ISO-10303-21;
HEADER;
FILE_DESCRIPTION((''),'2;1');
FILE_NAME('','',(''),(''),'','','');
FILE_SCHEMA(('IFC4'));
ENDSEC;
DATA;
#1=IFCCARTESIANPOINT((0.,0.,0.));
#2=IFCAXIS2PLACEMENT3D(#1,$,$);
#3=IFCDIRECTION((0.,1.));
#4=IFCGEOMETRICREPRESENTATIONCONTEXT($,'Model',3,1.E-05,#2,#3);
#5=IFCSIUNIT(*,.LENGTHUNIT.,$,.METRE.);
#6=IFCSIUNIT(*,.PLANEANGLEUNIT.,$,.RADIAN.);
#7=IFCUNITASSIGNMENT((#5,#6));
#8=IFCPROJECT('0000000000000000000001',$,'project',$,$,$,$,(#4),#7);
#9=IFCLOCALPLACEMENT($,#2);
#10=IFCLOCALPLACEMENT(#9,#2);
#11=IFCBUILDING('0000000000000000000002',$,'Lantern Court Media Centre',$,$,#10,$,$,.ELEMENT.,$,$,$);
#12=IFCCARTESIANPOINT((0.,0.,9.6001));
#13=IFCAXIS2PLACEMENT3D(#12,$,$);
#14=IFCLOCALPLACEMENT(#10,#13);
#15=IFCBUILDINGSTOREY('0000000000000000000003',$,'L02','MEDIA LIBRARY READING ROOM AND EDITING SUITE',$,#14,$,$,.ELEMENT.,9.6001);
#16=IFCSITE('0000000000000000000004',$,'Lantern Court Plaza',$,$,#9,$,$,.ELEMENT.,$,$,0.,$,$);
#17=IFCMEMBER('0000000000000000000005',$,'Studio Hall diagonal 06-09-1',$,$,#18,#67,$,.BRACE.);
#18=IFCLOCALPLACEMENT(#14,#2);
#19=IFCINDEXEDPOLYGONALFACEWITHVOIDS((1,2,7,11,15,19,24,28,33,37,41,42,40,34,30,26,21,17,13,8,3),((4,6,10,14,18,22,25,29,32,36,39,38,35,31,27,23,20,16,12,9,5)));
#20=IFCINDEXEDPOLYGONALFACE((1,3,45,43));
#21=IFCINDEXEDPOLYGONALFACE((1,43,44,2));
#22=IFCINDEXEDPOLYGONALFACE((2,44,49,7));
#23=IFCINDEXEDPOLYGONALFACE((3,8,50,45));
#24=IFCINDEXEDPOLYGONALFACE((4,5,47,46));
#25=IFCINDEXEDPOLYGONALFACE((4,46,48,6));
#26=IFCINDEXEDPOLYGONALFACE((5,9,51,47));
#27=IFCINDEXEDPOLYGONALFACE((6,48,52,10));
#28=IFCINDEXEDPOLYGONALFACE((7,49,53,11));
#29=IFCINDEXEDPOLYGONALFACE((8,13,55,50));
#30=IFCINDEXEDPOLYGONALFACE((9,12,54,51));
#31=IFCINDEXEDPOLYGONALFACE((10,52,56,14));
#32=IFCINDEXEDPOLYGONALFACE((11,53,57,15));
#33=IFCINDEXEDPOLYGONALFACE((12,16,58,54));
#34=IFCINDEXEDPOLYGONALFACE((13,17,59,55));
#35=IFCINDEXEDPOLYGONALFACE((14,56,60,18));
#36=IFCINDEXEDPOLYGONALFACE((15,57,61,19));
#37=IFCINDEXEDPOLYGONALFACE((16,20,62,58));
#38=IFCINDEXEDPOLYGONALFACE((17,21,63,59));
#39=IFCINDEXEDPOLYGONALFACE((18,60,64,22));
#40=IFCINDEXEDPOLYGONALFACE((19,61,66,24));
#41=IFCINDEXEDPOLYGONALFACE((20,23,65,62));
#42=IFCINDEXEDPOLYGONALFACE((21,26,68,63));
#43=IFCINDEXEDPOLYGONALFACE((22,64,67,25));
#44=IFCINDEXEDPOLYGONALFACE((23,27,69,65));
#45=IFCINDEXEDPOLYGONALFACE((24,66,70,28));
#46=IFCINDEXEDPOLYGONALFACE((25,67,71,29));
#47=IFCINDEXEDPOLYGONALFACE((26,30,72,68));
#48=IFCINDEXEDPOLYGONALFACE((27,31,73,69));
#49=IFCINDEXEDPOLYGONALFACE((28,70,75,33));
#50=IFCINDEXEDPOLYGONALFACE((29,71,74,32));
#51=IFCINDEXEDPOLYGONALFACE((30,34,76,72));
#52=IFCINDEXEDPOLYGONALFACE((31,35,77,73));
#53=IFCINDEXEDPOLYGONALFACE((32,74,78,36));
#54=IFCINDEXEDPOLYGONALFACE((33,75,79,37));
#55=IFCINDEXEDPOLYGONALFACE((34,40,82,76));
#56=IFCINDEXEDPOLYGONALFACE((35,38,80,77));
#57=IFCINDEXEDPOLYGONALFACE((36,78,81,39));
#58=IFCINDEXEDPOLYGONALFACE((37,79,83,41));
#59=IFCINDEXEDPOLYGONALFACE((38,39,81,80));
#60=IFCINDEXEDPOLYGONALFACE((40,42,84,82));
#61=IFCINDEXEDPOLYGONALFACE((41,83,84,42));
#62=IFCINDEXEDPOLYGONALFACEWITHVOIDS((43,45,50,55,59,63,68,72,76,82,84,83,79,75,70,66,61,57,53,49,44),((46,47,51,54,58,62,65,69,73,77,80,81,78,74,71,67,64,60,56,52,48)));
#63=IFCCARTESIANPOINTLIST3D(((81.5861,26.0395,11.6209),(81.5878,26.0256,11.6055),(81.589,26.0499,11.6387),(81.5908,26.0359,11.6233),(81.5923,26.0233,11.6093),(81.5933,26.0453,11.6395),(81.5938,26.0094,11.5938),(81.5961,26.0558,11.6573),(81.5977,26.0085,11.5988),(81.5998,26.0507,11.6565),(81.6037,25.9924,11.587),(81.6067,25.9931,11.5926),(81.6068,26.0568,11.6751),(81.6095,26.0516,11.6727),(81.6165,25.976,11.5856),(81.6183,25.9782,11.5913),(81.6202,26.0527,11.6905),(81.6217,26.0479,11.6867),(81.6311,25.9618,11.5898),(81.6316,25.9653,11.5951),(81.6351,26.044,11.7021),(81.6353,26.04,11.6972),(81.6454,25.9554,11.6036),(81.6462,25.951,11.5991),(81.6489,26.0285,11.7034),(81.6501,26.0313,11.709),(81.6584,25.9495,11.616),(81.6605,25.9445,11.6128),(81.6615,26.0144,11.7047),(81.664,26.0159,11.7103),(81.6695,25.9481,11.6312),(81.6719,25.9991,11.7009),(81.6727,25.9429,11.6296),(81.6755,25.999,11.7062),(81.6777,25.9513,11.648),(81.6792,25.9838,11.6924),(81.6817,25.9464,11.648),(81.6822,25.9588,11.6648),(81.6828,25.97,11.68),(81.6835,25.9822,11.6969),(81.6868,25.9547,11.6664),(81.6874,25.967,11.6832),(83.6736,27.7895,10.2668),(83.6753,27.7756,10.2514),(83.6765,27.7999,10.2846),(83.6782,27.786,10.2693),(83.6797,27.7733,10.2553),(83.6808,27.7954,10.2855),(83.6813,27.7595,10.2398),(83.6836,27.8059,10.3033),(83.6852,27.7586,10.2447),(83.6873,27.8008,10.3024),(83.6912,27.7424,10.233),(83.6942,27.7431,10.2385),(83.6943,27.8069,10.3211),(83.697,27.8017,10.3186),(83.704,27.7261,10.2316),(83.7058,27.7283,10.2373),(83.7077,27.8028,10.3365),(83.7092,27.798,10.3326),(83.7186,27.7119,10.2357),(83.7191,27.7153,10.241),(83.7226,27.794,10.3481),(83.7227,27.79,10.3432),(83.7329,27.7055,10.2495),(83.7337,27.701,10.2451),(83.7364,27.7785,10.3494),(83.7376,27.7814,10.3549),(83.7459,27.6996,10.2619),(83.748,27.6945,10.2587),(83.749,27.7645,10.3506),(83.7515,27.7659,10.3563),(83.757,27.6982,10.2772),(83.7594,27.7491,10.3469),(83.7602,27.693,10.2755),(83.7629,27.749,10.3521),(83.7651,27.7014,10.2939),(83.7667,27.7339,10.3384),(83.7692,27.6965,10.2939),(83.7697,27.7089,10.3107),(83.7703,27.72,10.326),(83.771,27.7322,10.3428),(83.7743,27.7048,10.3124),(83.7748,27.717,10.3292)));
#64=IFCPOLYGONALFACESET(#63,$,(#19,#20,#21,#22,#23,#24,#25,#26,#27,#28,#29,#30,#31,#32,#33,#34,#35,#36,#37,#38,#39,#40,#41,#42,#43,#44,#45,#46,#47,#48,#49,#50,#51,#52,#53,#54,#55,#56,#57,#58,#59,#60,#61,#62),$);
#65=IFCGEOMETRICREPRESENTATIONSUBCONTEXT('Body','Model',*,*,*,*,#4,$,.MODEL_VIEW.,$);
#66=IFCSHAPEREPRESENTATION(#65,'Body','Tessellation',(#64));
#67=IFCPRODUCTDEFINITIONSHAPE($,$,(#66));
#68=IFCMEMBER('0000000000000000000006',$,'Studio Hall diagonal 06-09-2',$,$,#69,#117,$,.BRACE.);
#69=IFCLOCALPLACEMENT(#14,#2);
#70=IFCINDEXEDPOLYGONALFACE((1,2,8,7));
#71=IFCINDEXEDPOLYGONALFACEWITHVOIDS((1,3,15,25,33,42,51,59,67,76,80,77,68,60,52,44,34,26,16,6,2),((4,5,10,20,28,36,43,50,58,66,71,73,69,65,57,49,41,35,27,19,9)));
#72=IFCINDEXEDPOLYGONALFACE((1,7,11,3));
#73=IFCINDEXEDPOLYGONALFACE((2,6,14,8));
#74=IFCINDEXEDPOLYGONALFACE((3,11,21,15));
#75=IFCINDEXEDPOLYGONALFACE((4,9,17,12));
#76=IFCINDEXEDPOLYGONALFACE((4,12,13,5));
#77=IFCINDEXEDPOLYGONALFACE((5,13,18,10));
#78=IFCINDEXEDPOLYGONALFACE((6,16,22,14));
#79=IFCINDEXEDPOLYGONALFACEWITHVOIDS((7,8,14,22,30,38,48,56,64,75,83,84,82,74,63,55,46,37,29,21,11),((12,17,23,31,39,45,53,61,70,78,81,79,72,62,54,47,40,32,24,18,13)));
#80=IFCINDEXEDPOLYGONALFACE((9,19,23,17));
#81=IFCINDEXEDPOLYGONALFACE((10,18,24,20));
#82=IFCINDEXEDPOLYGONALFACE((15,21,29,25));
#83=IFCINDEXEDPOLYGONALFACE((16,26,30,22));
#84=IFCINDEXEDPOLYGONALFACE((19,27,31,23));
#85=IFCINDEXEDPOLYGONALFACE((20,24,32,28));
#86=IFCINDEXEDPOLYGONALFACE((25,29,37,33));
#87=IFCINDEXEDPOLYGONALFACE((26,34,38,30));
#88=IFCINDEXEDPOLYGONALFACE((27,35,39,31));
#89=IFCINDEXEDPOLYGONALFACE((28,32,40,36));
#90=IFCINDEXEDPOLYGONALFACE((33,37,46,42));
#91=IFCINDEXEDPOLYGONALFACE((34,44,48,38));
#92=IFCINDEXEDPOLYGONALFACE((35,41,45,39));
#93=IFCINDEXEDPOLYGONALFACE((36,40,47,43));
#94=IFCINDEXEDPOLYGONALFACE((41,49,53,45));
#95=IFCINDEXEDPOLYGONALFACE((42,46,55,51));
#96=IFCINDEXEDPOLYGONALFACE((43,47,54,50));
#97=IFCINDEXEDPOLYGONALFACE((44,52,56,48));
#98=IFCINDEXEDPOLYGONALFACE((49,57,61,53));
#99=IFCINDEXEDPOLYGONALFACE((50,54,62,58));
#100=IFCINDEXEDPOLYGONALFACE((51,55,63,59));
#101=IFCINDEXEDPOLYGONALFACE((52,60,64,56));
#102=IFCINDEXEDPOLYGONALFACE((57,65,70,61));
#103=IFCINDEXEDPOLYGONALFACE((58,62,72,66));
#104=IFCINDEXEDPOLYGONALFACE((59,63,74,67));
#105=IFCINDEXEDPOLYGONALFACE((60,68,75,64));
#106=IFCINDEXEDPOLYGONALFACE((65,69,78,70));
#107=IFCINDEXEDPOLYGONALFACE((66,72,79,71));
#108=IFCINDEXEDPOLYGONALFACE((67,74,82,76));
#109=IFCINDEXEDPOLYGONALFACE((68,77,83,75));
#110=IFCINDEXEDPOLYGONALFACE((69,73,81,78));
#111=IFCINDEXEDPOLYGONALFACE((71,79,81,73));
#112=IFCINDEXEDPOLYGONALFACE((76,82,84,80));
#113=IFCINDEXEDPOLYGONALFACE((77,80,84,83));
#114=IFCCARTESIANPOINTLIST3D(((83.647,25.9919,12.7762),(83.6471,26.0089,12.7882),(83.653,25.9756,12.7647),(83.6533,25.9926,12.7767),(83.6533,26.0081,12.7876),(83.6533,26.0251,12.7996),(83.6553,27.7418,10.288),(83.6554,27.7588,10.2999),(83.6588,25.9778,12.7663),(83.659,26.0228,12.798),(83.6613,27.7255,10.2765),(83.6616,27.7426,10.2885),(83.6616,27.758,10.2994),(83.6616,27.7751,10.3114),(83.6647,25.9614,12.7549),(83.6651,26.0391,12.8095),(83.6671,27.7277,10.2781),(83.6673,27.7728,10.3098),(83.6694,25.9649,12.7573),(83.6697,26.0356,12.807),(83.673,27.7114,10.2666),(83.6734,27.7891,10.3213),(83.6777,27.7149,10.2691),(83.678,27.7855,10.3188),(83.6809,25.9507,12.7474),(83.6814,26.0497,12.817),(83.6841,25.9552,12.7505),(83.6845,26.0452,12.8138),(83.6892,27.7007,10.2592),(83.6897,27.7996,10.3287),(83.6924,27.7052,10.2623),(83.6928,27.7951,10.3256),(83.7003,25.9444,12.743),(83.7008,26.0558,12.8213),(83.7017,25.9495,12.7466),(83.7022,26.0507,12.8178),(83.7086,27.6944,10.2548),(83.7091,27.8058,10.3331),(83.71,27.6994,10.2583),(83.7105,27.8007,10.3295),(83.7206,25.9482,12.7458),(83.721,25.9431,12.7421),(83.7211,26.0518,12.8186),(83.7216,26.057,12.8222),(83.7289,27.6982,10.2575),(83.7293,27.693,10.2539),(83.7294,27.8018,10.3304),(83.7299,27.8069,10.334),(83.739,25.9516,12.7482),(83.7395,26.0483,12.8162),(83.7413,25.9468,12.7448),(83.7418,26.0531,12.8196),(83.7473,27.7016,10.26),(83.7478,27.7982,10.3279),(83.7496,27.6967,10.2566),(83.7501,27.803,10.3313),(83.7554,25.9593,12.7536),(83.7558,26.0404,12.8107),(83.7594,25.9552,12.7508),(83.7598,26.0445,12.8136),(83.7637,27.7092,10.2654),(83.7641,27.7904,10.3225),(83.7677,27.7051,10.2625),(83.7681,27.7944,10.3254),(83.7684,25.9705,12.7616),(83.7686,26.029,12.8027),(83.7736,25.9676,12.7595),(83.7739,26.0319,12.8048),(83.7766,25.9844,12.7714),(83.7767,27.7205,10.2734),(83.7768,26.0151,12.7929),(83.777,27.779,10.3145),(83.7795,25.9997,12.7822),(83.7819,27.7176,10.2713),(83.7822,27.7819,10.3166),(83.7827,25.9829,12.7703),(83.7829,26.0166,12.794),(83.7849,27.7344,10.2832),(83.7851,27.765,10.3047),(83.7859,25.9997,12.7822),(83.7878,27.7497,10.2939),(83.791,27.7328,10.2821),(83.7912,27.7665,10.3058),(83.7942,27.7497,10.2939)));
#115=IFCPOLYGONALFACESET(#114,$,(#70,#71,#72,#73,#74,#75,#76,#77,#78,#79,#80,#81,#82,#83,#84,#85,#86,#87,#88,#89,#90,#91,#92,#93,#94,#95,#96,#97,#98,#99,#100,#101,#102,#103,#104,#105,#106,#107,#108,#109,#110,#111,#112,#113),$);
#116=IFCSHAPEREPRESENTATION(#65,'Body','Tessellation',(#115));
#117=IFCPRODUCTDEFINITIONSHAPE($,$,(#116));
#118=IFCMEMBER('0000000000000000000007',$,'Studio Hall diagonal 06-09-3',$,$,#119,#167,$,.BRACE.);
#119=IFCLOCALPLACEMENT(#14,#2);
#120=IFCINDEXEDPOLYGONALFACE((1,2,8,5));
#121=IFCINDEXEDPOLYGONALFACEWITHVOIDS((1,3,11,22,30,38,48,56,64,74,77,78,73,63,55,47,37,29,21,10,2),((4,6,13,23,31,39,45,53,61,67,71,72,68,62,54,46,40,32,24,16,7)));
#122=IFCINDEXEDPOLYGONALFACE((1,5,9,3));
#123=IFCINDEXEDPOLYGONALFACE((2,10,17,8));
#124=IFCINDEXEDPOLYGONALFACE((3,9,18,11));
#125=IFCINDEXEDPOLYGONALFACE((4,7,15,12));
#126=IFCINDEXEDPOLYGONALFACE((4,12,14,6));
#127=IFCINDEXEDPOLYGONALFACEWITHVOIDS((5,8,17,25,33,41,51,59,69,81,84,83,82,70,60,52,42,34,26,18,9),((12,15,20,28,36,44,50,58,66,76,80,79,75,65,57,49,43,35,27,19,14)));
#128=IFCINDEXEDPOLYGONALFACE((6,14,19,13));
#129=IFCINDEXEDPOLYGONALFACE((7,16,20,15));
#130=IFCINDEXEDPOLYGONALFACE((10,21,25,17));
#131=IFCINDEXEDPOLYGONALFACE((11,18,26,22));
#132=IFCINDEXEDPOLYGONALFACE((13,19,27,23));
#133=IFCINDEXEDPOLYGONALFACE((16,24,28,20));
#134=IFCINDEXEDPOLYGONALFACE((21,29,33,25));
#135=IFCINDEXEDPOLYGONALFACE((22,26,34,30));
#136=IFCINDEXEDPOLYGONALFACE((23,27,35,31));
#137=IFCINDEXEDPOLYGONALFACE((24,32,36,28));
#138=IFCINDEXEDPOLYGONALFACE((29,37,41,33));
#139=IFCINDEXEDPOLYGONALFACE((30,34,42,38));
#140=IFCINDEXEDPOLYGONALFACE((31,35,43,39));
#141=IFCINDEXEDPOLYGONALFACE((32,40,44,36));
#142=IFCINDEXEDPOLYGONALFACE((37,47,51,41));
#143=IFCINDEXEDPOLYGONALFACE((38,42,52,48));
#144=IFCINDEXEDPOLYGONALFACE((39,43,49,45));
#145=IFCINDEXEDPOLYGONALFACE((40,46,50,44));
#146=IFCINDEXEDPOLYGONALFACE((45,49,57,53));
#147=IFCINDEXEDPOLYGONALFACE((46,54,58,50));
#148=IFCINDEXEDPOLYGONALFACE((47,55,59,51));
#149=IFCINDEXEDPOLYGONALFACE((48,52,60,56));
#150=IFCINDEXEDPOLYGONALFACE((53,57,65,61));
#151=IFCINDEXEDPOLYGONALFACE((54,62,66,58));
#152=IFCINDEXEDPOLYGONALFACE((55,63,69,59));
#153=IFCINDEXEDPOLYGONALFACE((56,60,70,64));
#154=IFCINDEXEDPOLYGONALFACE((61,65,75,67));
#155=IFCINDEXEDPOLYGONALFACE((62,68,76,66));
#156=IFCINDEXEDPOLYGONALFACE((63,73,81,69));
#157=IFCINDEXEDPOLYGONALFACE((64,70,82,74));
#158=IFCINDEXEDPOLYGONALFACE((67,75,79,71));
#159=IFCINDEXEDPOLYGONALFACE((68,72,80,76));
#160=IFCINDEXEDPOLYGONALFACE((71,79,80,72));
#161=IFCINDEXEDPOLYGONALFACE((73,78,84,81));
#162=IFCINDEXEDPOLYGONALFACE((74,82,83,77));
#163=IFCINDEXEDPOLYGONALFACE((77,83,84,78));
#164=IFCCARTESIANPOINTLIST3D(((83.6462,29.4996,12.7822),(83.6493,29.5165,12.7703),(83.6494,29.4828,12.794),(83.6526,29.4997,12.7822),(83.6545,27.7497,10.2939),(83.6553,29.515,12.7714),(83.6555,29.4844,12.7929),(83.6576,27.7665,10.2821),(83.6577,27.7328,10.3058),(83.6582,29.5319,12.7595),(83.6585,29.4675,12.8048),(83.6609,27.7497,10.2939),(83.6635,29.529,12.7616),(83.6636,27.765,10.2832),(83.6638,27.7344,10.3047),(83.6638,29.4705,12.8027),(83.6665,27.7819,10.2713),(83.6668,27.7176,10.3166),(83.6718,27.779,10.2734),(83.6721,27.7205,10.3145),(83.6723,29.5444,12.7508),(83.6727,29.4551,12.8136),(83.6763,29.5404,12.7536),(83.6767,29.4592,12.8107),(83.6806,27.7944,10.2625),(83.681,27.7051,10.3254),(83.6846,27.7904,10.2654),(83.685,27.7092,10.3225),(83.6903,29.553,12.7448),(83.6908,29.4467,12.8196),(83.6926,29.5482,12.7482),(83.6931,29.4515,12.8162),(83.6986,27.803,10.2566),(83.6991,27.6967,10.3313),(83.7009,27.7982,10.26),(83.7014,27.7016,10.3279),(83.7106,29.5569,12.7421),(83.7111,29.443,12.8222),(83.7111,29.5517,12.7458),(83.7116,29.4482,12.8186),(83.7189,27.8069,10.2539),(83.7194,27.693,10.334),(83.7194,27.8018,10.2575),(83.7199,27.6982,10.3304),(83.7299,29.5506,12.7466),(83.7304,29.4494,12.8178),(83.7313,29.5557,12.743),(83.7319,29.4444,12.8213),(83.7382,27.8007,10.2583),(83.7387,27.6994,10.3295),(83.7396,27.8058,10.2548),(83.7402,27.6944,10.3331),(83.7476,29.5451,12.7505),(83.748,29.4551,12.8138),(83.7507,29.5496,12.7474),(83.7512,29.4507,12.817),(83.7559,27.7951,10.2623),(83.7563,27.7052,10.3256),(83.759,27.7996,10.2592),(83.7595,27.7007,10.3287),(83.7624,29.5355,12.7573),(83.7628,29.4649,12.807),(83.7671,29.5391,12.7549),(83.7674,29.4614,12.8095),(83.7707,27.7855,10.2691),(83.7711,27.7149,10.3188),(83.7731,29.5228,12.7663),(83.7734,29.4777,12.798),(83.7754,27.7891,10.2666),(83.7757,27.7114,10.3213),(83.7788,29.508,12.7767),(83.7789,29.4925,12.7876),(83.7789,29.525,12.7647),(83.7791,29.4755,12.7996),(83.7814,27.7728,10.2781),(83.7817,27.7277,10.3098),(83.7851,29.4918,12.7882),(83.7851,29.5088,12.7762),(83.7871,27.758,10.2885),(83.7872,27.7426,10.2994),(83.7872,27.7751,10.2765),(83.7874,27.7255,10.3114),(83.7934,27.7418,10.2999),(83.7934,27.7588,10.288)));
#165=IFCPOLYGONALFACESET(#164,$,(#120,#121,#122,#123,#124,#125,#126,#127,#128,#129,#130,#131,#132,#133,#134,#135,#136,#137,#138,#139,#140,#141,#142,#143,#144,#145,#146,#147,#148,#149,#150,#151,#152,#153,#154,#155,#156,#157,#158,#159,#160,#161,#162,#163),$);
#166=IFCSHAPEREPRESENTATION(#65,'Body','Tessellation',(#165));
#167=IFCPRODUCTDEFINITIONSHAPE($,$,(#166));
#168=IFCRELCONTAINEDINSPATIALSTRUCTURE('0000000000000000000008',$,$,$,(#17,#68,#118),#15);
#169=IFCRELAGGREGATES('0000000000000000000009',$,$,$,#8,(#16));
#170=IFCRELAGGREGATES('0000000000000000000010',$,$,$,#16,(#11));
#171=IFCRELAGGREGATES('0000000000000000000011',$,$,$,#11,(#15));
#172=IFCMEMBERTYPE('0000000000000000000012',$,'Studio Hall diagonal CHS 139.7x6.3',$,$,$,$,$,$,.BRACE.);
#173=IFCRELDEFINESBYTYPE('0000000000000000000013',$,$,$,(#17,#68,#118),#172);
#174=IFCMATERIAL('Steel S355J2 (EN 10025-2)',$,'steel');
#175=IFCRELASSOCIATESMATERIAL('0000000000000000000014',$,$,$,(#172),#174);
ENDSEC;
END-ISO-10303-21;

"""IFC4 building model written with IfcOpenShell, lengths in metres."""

from ifc_helpers import new_model, si_unit, direction, frame, origin, origin_2d, place, context, subcontext, project, spatial, hollow_circle, extrude, material, material_profile, profile_set, type_object, element, save


model = new_model("IFC4")

# Units and contexts
model_context = context("Model", 3, precision=1e-05, world=origin(), true_north=direction((0.0, 1.0)))
body_context = subcontext(model_context, "Body", "Model", "MODEL_VIEW")
ifc_project = project(units=[si_unit("LENGTHUNIT", "METRE"), si_unit("PLANEANGLEUNIT", "RADIAN")], contexts=[model_context])

# Site, building, storey
site_placement = place(None, origin())
site = spatial("IfcSite", under=ifc_project, at=site_placement, Name="Lantern Court Plaza", CompositionType="ELEMENT", RefElevation=0.0)
building_placement = place(site_placement, origin())
building = spatial("IfcBuilding", under=site, at=building_placement, Name="Lantern Court Media Centre", CompositionType="ELEMENT")
storey_placement = place(building_placement, frame((0.0, 0.0, 9.6001)))
storey = spatial("IfcBuildingStorey", under=building, at=storey_placement, Name="L02", Description="MEDIA LIBRARY READING ROOM AND EDITING SUITE", CompositionType="ELEMENT", Elevation=9.6001)

# Members
ifc_material = material(Name="Steel S355J2 (EN 10025-2)", Category="steel")
ifc_material_profile_1 = material_profile(ifc_material, hollow_circle(Radius=0.0698, WallThickness=0.0063, at=origin_2d()), Name="Studio Hall diagonal CHS 139.7x6.3")
ifc_profile_set_1 = profile_set([ifc_material_profile_1], Name="Steel S355J2 (EN 10025-2)")
member_type_1 = type_object("IfcMemberType", Name="Studio Hall diagonal CHS 139.7x6.3", PredefinedType="BRACE", material=ifc_profile_set_1)
for number, where, z_axis, x_axis, name in (
    (1, (83.7244, 27.75, 10.2939), (-0.68622, -0.575301, 0.44512), (0.642456, -0.766322, 0.0), "Studio Hall diagonal 06-09-1"),
    (2, (83.7244, 27.75, 10.2939), (-0.002729, -0.575269, 0.81796), (0.999989, -0.004743, 0.0), "Studio Hall diagonal 06-09-2"),
    (3, (83.7244, 27.75, 10.2939), (-0.002729, 0.575269, 0.81796), (-0.999989, -0.004743, 0.0), "Studio Hall diagonal 06-09-3"),
):
    element("IfcMember", number, at=place(storey_placement, frame(where, z_axis=z_axis, x_axis=x_axis)), inside=storey, type_object=member_type_1, Name=name, PredefinedType="BRACE", context=body_context, shape_type="SweptSolid", body=[
        extrude(hollow_circle(Radius=0.0698, WallThickness=0.0063, at=origin_2d()), origin(), (0.0, 0.0, 1.0), 3.042),
    ])

save(model, "model.ifc")
